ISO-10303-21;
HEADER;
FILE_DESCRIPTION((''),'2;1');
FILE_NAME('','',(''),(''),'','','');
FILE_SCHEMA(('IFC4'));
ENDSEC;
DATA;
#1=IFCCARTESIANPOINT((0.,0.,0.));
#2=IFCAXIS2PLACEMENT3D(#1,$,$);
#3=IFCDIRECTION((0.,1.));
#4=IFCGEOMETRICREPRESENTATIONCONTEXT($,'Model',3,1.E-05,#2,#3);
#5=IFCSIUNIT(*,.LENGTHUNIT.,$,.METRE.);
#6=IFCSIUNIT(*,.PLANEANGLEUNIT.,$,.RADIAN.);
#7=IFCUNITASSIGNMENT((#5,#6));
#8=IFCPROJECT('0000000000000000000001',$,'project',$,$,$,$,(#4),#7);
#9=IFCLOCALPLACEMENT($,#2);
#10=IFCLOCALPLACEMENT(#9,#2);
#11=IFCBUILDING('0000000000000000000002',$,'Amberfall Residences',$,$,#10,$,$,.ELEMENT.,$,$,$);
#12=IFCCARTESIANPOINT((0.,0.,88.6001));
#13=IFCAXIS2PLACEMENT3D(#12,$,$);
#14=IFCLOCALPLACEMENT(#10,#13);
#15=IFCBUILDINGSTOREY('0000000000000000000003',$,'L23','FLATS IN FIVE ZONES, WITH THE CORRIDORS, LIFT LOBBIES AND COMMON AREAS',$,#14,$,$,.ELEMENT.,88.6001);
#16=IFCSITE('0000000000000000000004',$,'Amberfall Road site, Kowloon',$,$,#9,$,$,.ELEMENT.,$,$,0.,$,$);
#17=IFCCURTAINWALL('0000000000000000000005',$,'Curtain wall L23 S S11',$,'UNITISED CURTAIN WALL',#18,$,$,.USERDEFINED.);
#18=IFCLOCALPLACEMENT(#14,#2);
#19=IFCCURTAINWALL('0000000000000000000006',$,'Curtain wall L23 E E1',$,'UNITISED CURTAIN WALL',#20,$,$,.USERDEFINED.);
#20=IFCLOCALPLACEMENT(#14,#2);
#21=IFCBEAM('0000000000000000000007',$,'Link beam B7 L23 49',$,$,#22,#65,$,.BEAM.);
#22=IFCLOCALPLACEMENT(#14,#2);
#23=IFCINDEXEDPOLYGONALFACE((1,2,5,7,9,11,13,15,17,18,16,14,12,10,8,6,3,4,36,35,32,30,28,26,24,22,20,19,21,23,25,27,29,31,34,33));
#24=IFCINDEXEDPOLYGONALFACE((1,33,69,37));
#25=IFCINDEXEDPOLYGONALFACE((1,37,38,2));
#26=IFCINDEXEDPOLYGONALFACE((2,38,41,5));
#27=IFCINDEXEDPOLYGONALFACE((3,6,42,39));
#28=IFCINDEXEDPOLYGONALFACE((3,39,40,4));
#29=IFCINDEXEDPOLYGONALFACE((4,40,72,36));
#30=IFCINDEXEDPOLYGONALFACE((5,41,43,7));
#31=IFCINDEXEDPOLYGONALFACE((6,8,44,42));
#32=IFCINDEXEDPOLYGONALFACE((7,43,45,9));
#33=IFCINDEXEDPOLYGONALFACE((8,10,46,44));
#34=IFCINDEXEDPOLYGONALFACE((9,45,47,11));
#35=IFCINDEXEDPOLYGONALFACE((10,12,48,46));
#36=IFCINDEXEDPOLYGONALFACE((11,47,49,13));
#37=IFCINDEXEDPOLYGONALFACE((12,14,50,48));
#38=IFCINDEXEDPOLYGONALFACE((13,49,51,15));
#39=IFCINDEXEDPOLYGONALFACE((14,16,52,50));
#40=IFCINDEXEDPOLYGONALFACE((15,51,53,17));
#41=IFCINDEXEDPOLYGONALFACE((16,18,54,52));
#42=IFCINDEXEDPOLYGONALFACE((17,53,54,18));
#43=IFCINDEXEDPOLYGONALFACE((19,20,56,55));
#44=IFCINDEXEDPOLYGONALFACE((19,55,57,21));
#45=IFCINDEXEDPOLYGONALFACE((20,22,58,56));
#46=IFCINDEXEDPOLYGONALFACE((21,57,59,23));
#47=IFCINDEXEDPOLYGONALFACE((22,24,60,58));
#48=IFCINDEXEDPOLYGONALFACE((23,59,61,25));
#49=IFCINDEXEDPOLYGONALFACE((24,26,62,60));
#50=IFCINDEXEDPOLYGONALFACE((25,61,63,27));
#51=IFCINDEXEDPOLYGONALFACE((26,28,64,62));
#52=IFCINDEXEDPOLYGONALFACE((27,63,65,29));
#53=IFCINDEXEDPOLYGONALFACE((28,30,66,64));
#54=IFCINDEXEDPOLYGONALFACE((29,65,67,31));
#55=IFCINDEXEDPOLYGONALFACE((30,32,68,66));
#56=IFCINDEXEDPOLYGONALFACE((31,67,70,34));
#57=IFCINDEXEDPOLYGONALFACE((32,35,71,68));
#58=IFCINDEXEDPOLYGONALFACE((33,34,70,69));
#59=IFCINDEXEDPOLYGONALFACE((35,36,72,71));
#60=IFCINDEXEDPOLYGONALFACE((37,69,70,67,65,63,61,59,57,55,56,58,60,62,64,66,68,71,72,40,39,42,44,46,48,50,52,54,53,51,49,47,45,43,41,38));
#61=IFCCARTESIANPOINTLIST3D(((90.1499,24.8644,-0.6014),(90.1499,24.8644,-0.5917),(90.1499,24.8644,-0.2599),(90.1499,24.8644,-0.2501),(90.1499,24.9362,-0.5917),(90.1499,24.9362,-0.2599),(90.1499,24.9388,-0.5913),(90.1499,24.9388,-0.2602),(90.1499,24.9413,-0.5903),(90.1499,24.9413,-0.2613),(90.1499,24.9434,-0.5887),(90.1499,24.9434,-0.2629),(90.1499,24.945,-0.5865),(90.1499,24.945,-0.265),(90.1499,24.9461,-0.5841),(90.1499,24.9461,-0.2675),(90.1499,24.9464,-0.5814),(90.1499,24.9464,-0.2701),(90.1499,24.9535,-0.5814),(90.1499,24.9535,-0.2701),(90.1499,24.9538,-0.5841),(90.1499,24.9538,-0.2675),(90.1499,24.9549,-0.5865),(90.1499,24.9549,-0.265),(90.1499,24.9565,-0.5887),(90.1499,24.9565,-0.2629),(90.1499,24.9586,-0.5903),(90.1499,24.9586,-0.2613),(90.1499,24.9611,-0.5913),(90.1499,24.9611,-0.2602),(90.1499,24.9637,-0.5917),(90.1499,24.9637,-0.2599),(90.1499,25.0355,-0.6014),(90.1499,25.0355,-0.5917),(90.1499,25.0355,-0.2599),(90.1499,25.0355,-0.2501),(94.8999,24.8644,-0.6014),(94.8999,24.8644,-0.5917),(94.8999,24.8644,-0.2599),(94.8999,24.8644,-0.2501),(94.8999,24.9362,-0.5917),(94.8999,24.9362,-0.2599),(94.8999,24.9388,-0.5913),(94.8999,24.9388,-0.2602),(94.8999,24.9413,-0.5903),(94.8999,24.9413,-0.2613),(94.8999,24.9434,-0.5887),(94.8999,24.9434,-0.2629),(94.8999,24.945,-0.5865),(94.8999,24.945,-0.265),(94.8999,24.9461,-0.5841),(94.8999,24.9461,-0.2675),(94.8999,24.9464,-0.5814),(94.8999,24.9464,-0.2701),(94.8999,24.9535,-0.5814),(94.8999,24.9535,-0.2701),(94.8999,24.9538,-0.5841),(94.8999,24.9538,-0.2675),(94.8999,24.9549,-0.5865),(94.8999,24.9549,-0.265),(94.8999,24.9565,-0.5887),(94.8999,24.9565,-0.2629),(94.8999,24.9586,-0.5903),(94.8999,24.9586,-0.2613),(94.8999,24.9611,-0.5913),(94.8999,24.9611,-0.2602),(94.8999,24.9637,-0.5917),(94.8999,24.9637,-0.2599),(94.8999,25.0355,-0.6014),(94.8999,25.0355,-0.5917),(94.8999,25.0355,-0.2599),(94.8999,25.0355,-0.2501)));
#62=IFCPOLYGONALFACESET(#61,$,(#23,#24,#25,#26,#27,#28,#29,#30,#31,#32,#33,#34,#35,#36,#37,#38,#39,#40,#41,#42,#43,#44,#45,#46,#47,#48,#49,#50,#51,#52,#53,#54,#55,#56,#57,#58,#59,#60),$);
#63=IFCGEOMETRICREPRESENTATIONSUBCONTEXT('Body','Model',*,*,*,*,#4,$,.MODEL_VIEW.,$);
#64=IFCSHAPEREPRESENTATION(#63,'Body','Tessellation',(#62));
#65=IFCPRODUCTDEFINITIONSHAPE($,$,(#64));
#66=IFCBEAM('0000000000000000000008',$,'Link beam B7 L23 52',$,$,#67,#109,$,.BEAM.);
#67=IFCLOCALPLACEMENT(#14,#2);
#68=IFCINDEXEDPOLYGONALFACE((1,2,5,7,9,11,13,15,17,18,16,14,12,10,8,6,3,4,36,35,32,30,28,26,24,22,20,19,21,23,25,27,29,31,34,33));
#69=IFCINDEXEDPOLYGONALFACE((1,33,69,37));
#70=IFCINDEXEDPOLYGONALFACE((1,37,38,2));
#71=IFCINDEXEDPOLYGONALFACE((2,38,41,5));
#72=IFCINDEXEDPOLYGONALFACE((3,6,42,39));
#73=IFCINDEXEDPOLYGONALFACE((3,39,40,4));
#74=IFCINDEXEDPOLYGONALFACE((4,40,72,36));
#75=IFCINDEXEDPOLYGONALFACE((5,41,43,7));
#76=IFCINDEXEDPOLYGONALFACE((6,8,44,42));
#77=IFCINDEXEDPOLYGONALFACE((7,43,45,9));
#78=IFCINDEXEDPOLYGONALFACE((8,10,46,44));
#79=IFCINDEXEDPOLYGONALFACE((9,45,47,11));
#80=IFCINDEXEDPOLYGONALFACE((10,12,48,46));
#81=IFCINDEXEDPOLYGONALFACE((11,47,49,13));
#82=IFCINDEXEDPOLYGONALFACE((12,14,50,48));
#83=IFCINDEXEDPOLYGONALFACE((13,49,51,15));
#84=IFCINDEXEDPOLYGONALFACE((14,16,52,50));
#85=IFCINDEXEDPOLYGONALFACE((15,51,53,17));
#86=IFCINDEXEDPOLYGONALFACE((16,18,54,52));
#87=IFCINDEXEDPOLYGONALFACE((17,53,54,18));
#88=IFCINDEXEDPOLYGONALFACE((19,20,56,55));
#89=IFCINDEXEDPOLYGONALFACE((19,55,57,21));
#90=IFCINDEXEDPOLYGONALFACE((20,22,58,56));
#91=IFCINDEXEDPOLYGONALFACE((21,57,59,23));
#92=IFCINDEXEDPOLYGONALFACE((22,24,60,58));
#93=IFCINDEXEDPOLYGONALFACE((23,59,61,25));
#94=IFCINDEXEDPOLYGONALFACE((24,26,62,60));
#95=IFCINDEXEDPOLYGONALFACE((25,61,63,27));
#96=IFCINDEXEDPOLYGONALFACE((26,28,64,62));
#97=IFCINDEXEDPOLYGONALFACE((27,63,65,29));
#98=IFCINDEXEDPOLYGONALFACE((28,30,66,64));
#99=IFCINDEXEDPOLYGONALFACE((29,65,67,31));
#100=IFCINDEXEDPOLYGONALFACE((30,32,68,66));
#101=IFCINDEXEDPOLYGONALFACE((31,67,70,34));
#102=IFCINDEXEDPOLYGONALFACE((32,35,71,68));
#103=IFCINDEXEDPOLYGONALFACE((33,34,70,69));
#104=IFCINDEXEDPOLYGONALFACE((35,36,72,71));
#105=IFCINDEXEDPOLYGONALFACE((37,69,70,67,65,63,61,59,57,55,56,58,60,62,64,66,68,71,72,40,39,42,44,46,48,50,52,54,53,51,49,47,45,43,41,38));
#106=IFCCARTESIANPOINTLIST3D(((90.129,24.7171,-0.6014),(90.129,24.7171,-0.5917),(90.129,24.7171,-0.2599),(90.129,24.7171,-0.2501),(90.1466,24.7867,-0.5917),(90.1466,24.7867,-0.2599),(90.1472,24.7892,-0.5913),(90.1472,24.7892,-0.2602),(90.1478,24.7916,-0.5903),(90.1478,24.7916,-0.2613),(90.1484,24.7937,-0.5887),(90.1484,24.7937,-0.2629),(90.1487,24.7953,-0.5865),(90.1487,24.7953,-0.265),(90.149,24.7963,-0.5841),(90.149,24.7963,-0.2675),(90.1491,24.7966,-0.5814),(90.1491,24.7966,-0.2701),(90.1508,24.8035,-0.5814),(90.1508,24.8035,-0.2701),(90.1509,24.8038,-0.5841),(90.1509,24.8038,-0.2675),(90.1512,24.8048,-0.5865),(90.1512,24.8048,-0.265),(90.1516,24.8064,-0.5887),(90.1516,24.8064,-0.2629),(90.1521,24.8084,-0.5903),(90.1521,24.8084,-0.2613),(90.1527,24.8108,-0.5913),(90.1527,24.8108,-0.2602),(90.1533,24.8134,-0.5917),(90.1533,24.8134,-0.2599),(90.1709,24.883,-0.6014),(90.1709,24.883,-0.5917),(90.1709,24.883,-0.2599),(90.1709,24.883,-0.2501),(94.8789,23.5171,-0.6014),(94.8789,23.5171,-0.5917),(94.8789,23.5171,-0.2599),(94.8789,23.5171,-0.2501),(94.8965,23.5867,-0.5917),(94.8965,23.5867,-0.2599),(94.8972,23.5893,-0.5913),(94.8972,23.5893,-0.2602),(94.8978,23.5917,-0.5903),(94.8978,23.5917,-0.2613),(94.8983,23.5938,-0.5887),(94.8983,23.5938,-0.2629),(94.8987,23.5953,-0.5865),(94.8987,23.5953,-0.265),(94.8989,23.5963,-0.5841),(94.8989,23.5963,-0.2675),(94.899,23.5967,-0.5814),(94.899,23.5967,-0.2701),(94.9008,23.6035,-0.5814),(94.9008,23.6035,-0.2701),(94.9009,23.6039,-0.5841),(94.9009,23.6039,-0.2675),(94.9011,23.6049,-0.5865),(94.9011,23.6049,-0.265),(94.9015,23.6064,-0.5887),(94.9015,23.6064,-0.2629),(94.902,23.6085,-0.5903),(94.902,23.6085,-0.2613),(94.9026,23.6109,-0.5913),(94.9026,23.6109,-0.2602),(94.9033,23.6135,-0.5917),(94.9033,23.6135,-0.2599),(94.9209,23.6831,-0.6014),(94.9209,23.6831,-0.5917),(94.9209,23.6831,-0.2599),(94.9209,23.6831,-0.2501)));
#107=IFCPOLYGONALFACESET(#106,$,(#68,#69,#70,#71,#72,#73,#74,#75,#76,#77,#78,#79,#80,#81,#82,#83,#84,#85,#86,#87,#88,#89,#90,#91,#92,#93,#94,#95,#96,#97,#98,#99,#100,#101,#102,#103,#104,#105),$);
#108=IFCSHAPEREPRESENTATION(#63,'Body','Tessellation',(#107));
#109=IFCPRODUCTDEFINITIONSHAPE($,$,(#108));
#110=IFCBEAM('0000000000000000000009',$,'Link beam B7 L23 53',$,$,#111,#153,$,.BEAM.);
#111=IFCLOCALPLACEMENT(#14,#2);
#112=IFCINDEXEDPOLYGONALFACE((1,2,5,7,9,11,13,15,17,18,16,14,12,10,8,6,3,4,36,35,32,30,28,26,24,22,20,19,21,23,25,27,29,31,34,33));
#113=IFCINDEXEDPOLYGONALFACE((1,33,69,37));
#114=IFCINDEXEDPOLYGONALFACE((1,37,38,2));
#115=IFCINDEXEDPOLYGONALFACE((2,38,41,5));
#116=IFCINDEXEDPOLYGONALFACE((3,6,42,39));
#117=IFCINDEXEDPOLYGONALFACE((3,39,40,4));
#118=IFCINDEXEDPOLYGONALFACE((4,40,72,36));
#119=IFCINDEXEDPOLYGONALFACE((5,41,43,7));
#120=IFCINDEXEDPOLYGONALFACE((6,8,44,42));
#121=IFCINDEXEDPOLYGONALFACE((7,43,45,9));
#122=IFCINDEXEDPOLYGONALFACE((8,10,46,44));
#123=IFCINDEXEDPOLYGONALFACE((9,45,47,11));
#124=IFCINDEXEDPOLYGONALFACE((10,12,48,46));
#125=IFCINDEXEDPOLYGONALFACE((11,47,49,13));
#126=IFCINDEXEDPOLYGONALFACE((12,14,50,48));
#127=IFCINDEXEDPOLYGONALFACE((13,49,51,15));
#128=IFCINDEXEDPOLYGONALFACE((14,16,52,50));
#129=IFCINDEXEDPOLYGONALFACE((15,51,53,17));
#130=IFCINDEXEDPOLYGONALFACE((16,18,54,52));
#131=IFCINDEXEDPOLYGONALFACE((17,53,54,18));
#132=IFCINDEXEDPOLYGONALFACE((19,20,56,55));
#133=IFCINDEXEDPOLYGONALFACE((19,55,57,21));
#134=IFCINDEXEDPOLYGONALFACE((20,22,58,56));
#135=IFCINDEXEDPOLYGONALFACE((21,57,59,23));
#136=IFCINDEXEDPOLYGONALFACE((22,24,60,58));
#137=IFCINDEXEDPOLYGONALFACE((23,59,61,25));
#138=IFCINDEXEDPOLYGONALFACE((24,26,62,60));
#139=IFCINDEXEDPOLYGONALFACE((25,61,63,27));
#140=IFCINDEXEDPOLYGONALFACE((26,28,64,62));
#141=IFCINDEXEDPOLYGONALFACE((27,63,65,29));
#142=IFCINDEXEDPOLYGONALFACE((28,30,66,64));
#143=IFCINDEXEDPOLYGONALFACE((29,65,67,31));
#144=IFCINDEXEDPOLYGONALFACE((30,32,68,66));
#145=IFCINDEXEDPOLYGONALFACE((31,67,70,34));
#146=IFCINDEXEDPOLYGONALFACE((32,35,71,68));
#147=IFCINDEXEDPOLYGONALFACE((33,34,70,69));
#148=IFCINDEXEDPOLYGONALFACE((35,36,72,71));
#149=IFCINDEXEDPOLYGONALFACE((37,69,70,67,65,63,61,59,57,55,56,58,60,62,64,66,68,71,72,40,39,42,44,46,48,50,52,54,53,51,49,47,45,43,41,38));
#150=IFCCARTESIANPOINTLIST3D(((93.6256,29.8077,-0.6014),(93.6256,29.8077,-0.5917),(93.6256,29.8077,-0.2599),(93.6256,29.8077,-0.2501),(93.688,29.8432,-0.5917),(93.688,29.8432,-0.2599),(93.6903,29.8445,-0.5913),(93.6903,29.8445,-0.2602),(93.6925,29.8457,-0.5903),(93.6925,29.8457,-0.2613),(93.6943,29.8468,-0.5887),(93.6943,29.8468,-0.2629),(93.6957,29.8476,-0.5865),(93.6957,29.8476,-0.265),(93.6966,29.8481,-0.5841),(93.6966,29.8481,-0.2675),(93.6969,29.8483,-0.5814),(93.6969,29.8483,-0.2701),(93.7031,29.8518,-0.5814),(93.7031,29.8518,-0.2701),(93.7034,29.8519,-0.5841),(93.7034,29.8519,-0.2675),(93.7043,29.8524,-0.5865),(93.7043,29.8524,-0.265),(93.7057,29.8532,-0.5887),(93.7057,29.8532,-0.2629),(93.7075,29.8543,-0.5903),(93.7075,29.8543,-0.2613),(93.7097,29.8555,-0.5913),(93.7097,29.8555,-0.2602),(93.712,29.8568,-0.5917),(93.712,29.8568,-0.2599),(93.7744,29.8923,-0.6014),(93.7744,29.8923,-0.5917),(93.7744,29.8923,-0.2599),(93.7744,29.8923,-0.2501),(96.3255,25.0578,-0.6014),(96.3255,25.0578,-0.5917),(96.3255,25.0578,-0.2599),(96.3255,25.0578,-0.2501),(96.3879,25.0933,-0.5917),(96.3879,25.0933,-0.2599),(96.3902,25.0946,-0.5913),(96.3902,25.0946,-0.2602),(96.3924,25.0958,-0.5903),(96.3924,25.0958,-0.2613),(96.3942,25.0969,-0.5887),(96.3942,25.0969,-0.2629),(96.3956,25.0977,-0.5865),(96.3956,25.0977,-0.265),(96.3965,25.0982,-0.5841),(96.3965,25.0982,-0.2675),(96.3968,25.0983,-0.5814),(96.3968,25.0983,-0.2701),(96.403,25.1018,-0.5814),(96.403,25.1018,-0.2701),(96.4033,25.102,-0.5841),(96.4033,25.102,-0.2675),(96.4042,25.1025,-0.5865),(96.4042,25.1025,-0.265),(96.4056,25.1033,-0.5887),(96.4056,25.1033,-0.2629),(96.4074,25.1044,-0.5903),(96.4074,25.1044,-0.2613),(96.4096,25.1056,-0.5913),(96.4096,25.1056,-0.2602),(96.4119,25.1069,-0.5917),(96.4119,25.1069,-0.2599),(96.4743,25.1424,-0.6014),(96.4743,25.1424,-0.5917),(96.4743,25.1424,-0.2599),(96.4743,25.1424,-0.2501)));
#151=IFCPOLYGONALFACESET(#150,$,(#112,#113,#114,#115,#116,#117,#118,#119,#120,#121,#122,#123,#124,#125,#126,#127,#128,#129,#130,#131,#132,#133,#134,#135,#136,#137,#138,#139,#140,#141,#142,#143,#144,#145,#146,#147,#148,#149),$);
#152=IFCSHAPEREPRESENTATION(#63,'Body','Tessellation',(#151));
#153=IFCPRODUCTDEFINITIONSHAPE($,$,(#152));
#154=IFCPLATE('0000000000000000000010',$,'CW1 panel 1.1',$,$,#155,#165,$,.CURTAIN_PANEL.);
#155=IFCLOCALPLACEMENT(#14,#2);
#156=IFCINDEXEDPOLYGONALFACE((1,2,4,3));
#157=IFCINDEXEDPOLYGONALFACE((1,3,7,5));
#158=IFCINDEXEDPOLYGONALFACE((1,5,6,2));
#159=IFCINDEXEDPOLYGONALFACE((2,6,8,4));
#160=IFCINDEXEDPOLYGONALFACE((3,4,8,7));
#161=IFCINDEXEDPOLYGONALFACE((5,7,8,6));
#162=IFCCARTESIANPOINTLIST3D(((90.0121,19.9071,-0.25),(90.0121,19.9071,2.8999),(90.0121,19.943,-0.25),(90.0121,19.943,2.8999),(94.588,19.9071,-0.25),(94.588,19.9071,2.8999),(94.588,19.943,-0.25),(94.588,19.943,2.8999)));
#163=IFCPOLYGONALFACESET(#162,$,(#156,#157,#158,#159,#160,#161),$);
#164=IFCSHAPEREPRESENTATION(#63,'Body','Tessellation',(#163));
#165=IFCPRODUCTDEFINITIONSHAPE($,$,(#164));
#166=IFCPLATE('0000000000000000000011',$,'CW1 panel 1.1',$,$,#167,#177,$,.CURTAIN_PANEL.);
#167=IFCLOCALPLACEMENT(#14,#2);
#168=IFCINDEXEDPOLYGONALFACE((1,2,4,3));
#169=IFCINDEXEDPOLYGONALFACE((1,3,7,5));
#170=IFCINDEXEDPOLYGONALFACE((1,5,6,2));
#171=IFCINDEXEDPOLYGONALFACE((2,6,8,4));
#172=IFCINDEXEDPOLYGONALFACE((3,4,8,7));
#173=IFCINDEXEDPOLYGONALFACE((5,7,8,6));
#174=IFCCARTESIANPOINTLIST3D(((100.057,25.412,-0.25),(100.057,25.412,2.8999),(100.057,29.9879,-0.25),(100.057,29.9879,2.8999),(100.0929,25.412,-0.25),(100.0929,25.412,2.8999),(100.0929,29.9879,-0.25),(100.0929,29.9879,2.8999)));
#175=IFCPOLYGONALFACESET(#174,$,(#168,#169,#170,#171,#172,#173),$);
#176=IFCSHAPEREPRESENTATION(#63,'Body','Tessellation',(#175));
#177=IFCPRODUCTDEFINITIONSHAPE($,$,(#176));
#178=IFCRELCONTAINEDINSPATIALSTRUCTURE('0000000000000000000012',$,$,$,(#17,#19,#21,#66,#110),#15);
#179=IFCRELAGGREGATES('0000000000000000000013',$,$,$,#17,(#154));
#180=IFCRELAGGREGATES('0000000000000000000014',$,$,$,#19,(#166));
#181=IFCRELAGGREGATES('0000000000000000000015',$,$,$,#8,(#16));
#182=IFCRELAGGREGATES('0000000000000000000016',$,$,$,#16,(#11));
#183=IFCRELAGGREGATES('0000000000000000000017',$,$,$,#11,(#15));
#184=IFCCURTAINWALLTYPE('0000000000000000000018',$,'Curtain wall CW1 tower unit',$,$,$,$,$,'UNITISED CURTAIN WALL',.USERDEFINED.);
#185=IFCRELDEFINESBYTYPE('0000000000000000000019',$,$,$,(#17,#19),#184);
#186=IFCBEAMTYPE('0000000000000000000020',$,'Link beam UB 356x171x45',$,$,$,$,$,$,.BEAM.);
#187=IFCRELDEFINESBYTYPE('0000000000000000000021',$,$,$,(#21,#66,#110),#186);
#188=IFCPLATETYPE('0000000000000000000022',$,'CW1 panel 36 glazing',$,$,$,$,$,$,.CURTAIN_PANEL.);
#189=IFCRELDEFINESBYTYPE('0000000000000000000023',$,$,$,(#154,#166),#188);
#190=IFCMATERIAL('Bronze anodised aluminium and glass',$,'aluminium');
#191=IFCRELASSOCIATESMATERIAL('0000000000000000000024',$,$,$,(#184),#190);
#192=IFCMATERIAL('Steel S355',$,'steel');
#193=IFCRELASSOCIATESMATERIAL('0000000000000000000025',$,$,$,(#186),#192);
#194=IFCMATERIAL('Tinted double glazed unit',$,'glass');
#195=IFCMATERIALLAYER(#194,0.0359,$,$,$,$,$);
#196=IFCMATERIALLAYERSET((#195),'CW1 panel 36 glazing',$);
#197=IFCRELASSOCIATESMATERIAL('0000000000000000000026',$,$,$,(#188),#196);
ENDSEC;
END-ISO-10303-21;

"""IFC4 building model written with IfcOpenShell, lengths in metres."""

from ifc_helpers import new_model, si_unit, direction, frame, origin, origin_2d, place, context, subcontext, project, spatial, rectangle, i_section, extrude, material, layer, layer_set, material_profile, profile_set, type_object, element, aggregate, save


model = new_model("IFC4")

# Units and contexts
model_context = context("Model", 3, precision=1e-05, world=origin(), true_north=direction((0.0, 1.0)))
body_context = subcontext(model_context, "Body", "Model", "MODEL_VIEW")
ifc_project = project(units=[si_unit("LENGTHUNIT", "METRE"), si_unit("PLANEANGLEUNIT", "RADIAN")], contexts=[model_context])

# Site, building, storey
site_placement = place(None, origin())
site = spatial("IfcSite", under=ifc_project, at=site_placement, Name="Amberfall Road site, Kowloon", CompositionType="ELEMENT", RefElevation=0.0)
building_placement = place(site_placement, origin())
building = spatial("IfcBuilding", under=site, at=building_placement, Name="Amberfall Residences", CompositionType="ELEMENT")
storey_placement = place(building_placement, frame((0.0, 0.0, 88.6001)))
storey = spatial("IfcBuildingStorey", under=building, at=storey_placement, Name="L23", Description="FLATS IN FIVE ZONES, WITH THE CORRIDORS, LIFT LOBBIES AND COMMON AREAS", CompositionType="ELEMENT", Elevation=88.6001)

# Curtain walls
ifc_material_1 = material(Name="Bronze anodised aluminium and glass", Category="aluminium")
curtain_wall_type = type_object("IfcCurtainWallType", Name="Curtain wall CW1 tower unit", ElementType="UNITISED CURTAIN WALL", PredefinedType="USERDEFINED", material=ifc_material_1)
curtain_wall_1_placement = place(storey_placement, origin())
curtain_wall_1 = element("IfcCurtainWall", 1, at=curtain_wall_1_placement, inside=storey, type_object=curtain_wall_type, Name="Curtain wall L23 S S11", ObjectType="UNITISED CURTAIN WALL", PredefinedType="USERDEFINED")
curtain_wall_2_placement = place(storey_placement, origin())
curtain_wall_2 = element("IfcCurtainWall", 2, at=curtain_wall_2_placement, inside=storey, type_object=curtain_wall_type, Name="Curtain wall L23 E E1", ObjectType="UNITISED CURTAIN WALL", PredefinedType="USERDEFINED")

# Beams
ifc_material_2 = material(Name="Steel S355", Category="steel")
ifc_material_profile_1 = material_profile(ifc_material_2, i_section(OverallWidth=0.1711, OverallDepth=0.3513, WebThickness=0.0071, FlangeThickness=0.0098, FilletRadius=0.0103, at=origin_2d()), Name="UB 356x171x45")
ifc_profile_set_1 = profile_set([ifc_material_profile_1], Name="Steel S355")
beam_type_1 = type_object("IfcBeamType", Name="Link beam UB 356x171x45", PredefinedType="BEAM", material=ifc_profile_set_1)
beam_1_placement = place(storey_placement, frame((90.1499, 24.95, -0.4258), z_axis=(1.0, 0.0, 0.0), x_axis=(0.0, 1.0, 0.0)))
element("IfcBeam", 3, at=beam_1_placement, inside=storey, type_object=beam_type_1, Name="Link beam B7 L23 49", PredefinedType="BEAM", context=body_context, shape_type="SweptSolid", body=[
    extrude(i_section(OverallWidth=0.1711, OverallDepth=0.3513, WebThickness=0.0071, FlangeThickness=0.0098, FilletRadius=0.0103, at=origin_2d()), origin(), (0.0, 0.0, 1.0), 4.75),
])
beam_2_placement = place(storey_placement, frame((94.8999, 23.6001, -0.4258), z_axis=(-0.969542, 0.244927, 0.0), x_axis=(-0.244927, -0.969542, 0.0)))
element("IfcBeam", 4, at=beam_2_placement, inside=storey, type_object=beam_type_1, Name="Link beam B7 L23 52", PredefinedType="BEAM", context=body_context, shape_type="SweptSolid", body=[
    extrude(i_section(OverallWidth=0.1711, OverallDepth=0.3513, WebThickness=0.0071, FlangeThickness=0.0098, FilletRadius=0.0103, at=origin_2d()), origin(), (0.0, 0.0, 1.0), 4.8992),
])
beam_3_placement = place(storey_placement, frame((96.3999, 25.1001, -0.4258), z_axis=(-0.49416, 0.869371, 0.0), x_axis=(-0.869371, -0.49416, 0.0)))
element("IfcBeam", 5, at=beam_3_placement, inside=storey, type_object=beam_type_1, Name="Link beam B7 L23 53", PredefinedType="BEAM", context=body_context, shape_type="SweptSolid", body=[
    extrude(i_section(OverallWidth=0.1711, OverallDepth=0.3513, WebThickness=0.0071, FlangeThickness=0.0098, FilletRadius=0.0103, at=origin_2d()), origin(), (0.0, 0.0, 1.0), 5.4636),
])

# Plates
ifc_material_3 = material(Name="Tinted double glazed unit", Category="glass")
ifc_layer_1 = layer(ifc_material_3, 0.0359)
ifc_layer_set_1 = layer_set([ifc_layer_1], Name="CW1 panel 36 glazing")
plate_type = type_object("IfcPlateType", Name="CW1 panel 36 glazing", PredefinedType="CURTAIN_PANEL", material=ifc_layer_set_1)
plate_1_placement = place(storey_placement, frame((92.3, 19.925, -0.25), z_axis=(0.0, 0.0, 1.0), x_axis=(1.0, 0.0, 0.0)))
plate_1 = element("IfcPlate", 6, at=plate_1_placement, type_object=plate_type, Name="CW1 panel 1.1", PredefinedType="CURTAIN_PANEL", context=body_context, shape_type="SweptSolid", body=[
    extrude(rectangle(XDim=4.5759, YDim=0.0359, at=origin_2d()), origin(), (0.0, 0.0, 1.0), 3.1499),
])
aggregate(curtain_wall_1, [plate_1])
plate_2_placement = place(storey_placement, frame((100.075, 27.7, -0.25), z_axis=(0.0, 0.0, 1.0), x_axis=(0.0, 1.0, 0.0)))
plate_2 = element("IfcPlate", 7, at=plate_2_placement, type_object=plate_type, Name="CW1 panel 1.1", PredefinedType="CURTAIN_PANEL", context=body_context, shape_type="SweptSolid", body=[
    extrude(rectangle(XDim=4.5759, YDim=0.0359, at=origin_2d()), origin(), (0.0, 0.0, 1.0), 3.1499),
])
aggregate(curtain_wall_2, [plate_2])

save(model, "model.ifc")
